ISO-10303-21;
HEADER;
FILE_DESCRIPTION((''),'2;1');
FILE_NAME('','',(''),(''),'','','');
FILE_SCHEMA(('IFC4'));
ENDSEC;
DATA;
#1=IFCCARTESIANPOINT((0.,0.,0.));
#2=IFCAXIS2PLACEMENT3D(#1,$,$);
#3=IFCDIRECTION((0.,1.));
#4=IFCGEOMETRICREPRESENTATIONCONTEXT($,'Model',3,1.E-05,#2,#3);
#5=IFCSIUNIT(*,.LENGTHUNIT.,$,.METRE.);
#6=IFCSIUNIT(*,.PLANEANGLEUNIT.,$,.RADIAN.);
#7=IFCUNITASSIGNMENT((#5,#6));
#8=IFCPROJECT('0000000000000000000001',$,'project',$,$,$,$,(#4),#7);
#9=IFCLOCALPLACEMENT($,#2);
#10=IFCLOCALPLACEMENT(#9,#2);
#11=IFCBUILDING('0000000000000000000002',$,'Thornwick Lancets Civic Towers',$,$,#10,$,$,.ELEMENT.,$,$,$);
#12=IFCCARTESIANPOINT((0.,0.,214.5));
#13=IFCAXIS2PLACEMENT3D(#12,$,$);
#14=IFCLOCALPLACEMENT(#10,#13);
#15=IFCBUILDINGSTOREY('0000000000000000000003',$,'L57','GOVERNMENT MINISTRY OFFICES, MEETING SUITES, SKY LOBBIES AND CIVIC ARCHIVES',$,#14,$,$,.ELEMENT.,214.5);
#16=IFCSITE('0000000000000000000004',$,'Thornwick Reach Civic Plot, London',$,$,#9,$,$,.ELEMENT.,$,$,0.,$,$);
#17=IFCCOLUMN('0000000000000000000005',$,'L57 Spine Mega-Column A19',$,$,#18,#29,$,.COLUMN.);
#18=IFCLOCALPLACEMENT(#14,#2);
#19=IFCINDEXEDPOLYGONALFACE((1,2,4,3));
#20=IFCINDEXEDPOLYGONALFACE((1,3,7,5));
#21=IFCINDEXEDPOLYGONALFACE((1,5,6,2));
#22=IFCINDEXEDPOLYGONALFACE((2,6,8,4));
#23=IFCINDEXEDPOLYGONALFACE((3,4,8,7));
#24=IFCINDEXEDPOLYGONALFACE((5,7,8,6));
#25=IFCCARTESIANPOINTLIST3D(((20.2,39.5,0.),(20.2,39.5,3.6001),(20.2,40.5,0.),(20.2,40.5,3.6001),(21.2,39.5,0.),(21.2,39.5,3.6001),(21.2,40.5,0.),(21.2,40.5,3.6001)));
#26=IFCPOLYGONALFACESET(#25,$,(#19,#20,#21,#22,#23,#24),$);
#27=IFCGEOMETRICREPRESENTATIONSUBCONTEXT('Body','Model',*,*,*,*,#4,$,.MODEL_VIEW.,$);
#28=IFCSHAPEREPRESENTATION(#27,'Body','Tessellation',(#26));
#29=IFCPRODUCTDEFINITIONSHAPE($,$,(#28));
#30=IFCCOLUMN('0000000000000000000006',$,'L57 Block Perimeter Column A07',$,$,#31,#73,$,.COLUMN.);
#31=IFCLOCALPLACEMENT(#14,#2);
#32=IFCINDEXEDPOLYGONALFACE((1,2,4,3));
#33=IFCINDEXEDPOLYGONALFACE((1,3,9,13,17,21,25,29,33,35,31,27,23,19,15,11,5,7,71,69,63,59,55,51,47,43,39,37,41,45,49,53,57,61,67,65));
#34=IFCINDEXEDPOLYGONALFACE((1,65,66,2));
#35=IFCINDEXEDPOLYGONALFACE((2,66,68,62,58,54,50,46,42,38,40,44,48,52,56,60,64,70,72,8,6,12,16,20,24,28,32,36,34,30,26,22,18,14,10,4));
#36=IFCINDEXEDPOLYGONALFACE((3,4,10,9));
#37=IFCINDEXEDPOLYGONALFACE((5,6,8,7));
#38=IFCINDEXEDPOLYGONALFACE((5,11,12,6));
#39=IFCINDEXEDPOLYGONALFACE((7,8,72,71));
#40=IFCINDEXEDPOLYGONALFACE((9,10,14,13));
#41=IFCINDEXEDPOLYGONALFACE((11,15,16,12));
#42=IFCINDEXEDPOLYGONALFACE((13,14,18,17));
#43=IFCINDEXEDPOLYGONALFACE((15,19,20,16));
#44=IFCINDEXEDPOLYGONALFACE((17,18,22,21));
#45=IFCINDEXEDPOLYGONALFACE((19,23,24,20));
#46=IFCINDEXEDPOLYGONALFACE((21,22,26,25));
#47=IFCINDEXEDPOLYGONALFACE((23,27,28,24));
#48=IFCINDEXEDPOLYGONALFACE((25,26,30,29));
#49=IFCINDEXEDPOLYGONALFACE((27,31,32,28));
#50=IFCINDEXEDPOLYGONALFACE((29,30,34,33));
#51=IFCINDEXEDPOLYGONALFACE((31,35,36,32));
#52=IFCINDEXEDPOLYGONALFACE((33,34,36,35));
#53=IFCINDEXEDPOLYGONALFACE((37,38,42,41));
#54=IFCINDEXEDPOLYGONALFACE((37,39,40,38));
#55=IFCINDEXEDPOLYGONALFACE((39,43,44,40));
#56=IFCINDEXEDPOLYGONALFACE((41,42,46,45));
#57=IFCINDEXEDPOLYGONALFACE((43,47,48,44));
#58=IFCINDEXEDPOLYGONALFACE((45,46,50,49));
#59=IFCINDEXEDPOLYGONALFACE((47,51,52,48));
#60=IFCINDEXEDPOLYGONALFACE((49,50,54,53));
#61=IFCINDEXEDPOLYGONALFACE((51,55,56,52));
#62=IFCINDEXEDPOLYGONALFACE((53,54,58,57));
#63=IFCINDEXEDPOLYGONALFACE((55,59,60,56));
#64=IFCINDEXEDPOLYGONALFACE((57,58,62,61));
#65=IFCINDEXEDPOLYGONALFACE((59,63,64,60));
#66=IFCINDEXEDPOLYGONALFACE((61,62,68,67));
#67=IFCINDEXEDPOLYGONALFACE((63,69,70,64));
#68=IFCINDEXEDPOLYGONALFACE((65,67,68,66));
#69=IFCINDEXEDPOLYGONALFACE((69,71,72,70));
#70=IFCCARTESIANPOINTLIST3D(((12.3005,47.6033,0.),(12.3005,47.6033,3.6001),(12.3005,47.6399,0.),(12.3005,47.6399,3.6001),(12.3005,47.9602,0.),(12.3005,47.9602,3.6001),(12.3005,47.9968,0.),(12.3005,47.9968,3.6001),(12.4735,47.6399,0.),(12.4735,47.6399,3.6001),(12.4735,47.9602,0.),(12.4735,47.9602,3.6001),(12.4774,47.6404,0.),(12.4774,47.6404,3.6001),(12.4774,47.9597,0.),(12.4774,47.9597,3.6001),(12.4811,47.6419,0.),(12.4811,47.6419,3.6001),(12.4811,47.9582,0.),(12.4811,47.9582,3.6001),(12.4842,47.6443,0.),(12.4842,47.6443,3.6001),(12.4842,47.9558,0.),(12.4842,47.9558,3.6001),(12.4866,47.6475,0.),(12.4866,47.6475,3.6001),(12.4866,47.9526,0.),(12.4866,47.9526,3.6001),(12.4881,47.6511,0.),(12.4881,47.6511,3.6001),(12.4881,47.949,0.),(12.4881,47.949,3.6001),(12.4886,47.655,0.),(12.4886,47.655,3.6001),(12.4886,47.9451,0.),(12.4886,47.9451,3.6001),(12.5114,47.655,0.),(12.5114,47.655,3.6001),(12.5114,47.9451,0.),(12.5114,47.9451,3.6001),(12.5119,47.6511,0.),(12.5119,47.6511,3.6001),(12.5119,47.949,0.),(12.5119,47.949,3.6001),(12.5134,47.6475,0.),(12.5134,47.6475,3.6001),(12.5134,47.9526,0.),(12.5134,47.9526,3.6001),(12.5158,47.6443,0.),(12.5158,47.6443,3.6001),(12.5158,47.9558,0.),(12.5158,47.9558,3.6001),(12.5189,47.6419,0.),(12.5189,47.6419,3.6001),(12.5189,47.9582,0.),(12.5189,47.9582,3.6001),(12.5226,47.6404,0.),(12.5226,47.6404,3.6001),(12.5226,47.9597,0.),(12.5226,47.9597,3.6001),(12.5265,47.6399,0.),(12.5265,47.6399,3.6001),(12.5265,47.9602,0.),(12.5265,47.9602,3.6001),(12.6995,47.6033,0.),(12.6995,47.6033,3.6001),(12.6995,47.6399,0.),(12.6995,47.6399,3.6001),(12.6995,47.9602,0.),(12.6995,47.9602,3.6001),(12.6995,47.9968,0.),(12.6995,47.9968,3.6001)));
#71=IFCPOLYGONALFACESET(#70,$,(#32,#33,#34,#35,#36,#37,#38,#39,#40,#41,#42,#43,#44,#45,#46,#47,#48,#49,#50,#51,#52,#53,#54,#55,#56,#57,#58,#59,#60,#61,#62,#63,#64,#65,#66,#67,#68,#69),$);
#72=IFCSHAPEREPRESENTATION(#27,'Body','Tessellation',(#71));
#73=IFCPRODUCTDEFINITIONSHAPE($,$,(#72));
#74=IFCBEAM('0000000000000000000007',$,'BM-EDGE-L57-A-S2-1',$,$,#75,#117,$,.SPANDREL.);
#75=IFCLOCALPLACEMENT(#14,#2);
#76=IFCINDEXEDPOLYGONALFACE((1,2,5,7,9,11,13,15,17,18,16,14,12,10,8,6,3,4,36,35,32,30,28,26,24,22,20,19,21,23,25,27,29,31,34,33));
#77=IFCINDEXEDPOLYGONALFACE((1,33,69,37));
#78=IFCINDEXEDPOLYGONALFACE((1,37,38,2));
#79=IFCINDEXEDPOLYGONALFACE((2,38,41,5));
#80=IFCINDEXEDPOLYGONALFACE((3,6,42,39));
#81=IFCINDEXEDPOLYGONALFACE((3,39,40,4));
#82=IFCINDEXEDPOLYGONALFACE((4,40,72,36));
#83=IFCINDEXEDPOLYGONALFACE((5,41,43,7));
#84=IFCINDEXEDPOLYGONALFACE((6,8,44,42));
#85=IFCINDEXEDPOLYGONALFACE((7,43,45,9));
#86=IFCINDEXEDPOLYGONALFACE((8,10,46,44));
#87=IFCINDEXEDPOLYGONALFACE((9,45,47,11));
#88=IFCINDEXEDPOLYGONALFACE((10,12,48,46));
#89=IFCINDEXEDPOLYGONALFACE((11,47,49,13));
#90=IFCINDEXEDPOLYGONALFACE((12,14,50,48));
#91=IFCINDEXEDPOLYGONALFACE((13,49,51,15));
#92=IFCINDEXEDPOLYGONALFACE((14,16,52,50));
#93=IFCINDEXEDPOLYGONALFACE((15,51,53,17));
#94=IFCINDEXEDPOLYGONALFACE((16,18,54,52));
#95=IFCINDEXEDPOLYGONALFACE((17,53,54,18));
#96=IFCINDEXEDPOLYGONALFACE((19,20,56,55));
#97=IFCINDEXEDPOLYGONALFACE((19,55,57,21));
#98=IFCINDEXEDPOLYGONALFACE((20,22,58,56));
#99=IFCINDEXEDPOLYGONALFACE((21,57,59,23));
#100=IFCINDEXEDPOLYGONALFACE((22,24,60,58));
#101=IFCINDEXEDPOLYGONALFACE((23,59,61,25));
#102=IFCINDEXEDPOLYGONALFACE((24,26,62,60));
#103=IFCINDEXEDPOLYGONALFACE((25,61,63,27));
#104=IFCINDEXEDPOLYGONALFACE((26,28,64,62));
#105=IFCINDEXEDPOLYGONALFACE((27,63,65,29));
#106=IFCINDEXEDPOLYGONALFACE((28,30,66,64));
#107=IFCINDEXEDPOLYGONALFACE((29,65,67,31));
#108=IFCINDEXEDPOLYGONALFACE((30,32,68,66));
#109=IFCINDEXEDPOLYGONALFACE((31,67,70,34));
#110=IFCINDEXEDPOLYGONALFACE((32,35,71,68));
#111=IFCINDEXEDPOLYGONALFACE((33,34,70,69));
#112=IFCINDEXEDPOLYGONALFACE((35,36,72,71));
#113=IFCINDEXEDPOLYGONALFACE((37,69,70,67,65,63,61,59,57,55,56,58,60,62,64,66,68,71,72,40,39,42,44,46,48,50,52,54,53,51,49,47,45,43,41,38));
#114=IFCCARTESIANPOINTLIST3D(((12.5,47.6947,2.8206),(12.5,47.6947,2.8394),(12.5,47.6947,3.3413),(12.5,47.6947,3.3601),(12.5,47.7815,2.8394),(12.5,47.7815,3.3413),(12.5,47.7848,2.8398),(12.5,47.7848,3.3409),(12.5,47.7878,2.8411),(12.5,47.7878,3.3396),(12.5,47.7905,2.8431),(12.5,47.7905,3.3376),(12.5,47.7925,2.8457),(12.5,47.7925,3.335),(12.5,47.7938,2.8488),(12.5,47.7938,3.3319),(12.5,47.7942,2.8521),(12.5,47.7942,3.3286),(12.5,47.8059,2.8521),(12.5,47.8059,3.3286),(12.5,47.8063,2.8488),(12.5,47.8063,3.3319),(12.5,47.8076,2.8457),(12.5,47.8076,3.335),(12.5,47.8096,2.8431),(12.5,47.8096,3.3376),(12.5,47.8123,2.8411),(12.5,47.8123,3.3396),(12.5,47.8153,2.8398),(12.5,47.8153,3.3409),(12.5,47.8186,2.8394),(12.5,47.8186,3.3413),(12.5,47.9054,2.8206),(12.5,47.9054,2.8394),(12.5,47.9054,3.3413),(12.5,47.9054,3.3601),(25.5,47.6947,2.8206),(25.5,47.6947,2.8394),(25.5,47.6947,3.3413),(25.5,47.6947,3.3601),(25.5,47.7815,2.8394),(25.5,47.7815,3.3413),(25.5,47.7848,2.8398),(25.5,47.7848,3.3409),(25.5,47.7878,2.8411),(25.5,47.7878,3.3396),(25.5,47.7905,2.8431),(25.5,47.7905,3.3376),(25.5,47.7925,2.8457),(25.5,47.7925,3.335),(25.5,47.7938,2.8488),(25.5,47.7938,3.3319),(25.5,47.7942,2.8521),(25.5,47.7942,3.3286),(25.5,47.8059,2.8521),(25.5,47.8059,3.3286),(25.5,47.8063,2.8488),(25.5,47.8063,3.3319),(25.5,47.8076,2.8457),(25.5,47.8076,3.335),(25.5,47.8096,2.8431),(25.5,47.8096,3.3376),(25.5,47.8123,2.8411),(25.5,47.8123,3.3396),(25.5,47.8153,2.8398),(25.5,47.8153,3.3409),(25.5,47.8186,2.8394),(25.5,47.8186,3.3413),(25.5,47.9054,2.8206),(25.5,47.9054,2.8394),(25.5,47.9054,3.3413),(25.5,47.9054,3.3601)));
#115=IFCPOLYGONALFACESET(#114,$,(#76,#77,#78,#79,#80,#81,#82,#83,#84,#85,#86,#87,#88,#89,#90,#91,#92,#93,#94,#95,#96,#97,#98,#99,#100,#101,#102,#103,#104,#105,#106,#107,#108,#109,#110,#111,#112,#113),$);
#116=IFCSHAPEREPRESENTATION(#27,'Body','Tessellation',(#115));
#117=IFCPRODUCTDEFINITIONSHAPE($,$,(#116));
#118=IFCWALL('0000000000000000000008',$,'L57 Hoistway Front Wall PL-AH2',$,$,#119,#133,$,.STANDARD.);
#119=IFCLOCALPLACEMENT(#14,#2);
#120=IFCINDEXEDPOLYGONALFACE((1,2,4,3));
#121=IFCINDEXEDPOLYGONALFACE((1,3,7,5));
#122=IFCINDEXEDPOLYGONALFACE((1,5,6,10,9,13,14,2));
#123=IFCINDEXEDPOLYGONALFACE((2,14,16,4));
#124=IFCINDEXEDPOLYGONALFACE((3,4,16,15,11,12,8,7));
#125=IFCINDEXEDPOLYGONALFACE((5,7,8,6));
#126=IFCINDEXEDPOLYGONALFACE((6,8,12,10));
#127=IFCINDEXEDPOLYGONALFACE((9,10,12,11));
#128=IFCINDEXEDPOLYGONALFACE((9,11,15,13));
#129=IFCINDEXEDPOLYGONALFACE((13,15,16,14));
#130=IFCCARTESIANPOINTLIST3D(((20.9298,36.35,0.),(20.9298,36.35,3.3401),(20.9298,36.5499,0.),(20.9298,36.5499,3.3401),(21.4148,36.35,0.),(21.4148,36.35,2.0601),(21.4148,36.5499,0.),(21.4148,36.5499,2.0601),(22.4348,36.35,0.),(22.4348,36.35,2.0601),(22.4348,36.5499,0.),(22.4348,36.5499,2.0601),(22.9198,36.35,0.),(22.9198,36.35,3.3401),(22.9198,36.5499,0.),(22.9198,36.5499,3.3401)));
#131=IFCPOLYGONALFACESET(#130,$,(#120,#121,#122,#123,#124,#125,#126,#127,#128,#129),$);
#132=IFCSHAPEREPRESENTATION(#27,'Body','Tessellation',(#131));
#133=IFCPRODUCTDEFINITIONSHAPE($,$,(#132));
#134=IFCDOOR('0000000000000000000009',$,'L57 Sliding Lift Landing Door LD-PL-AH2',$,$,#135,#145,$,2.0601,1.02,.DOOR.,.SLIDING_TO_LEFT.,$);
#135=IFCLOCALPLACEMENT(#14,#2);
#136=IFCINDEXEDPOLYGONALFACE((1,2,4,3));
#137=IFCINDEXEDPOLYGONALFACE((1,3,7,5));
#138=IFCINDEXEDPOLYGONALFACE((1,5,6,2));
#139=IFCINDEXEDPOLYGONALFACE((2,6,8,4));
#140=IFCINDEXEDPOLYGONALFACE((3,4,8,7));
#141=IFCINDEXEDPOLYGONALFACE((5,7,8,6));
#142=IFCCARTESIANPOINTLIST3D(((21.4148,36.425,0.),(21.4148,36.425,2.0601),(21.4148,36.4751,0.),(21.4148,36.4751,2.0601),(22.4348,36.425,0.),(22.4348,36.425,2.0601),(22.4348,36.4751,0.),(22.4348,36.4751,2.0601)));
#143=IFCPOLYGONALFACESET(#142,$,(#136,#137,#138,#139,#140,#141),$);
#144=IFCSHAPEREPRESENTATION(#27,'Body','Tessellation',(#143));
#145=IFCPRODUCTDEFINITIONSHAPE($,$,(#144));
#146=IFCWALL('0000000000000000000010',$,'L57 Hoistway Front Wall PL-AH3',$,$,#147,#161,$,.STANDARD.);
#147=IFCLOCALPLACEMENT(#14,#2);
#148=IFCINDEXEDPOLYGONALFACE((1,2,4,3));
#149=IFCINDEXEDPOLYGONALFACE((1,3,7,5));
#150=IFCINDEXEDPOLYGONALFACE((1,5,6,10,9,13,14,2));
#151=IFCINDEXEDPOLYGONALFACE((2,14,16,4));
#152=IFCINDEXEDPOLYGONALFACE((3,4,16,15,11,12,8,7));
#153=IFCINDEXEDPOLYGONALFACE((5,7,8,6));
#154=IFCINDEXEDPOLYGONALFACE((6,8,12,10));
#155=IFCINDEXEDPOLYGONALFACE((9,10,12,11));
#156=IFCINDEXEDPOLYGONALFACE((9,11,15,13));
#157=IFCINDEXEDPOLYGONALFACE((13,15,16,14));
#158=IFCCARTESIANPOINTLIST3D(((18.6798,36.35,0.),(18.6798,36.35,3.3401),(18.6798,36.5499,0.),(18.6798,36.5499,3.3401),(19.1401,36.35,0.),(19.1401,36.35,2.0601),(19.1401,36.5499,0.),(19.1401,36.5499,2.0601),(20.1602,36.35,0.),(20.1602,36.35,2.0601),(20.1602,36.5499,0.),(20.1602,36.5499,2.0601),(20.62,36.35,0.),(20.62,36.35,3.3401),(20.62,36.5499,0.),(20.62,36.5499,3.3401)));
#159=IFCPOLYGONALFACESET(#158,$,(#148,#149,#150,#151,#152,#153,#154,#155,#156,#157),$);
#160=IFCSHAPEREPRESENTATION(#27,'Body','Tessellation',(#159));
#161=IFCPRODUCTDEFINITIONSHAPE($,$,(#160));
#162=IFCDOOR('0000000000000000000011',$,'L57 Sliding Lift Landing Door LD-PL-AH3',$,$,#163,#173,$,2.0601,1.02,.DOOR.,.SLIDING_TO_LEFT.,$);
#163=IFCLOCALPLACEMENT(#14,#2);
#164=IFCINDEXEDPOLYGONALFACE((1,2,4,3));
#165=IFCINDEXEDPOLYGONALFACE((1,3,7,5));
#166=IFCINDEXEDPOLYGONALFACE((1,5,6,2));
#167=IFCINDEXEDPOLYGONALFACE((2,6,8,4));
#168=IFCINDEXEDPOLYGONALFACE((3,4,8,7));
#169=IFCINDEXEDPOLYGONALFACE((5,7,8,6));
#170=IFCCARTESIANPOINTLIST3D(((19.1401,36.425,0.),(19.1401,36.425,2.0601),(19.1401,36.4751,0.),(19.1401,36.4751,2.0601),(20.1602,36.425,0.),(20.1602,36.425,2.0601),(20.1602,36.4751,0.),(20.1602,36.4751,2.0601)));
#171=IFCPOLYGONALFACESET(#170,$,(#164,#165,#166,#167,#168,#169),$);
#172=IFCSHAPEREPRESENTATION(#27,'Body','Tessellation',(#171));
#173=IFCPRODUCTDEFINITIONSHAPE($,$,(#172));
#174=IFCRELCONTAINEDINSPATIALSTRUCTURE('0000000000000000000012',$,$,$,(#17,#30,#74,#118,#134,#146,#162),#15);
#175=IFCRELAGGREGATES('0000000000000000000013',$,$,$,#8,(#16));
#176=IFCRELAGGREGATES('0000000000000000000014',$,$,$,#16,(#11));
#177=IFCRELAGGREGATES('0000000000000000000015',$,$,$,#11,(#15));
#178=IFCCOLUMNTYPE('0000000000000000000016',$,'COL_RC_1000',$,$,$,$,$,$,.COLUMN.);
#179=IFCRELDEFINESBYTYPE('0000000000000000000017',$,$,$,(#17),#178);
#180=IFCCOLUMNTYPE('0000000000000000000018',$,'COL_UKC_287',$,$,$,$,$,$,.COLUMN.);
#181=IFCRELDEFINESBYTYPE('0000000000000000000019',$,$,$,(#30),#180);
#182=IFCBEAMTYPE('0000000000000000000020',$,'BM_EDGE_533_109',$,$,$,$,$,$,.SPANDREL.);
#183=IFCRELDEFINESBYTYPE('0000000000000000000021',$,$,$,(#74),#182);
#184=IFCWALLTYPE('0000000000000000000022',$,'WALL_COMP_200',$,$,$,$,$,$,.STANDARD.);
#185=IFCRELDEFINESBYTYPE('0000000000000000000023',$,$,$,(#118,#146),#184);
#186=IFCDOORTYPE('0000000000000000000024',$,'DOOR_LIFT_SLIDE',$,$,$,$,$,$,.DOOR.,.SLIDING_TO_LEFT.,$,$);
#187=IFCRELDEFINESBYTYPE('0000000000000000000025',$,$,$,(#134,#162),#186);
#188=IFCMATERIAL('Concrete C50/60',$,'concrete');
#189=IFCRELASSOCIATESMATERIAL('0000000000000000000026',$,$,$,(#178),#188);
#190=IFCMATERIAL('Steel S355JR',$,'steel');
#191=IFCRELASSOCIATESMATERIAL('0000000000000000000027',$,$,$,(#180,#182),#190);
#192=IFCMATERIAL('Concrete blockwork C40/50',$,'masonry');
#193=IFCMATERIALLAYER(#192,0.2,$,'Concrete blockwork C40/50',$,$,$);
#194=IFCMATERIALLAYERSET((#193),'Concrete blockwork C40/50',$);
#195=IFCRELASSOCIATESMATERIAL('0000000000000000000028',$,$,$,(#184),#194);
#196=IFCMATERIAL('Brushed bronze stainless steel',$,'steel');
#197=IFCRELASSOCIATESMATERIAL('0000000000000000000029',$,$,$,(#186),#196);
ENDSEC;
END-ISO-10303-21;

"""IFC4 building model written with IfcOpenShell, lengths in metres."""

from ifc_helpers import new_model, si_unit, direction, frame, frame_2d, origin, origin_2d, place, context, subcontext, project, spatial, rectangle, i_section, extrude, material, layer, layer_set, material_profile, profile_set, type_object, element, fill, save


model = new_model("IFC4")

# Units and contexts
model_context = context("Model", 3, precision=1e-05, world=origin(), true_north=direction((0.0, 1.0)))
body_context = subcontext(model_context, "Body", "Model", "MODEL_VIEW")
ifc_project = project(units=[si_unit("LENGTHUNIT", "METRE"), si_unit("PLANEANGLEUNIT", "RADIAN")], contexts=[model_context])

# Site, building, storey
site_placement = place(None, origin())
site = spatial("IfcSite", under=ifc_project, at=site_placement, Name="Thornwick Reach Civic Plot, London", CompositionType="ELEMENT", RefElevation=0.0)
building_placement = place(site_placement, origin())
building = spatial("IfcBuilding", under=site, at=building_placement, Name="Thornwick Lancets Civic Towers", CompositionType="ELEMENT")
storey_placement = place(building_placement, frame((0.0, 0.0, 214.5)))
storey = spatial("IfcBuildingStorey", under=building, at=storey_placement, Name="L57", Description="GOVERNMENT MINISTRY OFFICES, MEETING SUITES, SKY LOBBIES AND CIVIC ARCHIVES", CompositionType="ELEMENT", Elevation=214.5)

# Columns
ifc_material_1 = material(Name="Concrete C50/60", Category="concrete")
ifc_material_profile_1 = material_profile(ifc_material_1, rectangle(XDim=1.0, YDim=1.0, at=origin_2d()), Name="RC 1000x1000")
ifc_profile_set_1 = profile_set([ifc_material_profile_1], Name="Concrete C50/60")
column_type_1 = type_object("IfcColumnType", Name="COL_RC_1000", PredefinedType="COLUMN", material=ifc_profile_set_1)
column_1_placement = place(storey_placement, frame((20.7, 40.0, 0.0), z_axis=(0.0, 0.0, 1.0), x_axis=(1.0, 0.0, 0.0)))
element("IfcColumn", 1, at=column_1_placement, inside=storey, type_object=column_type_1, Name="L57 Spine Mega-Column A19", PredefinedType="COLUMN", context=body_context, shape_type="SweptSolid", body=[
    extrude(rectangle(XDim=1.0, YDim=1.0, at=origin_2d()), origin(), (0.0, 0.0, 1.0), 3.6001),
])
ifc_material_2 = material(Name="Steel S355JR", Category="steel")
ifc_material_profile_2 = material_profile(ifc_material_2, i_section(OverallWidth=0.3989, OverallDepth=0.3936, WebThickness=0.0227, FlangeThickness=0.0366, FilletRadius=0.0151, at=origin_2d()), Name="UKC 356x406x287")
ifc_profile_set_2 = profile_set([ifc_material_profile_2], Name="Steel S355JR")
column_type_2 = type_object("IfcColumnType", Name="COL_UKC_287", PredefinedType="COLUMN", material=ifc_profile_set_2)
column_2_placement = place(storey_placement, frame((12.5, 47.8, 0.0), z_axis=(0.0, 0.0, 1.0), x_axis=(1.0, 0.0, 0.0)))
element("IfcColumn", 2, at=column_2_placement, inside=storey, type_object=column_type_2, Name="L57 Block Perimeter Column A07", PredefinedType="COLUMN", context=body_context, shape_type="SweptSolid", body=[
    extrude(i_section(OverallWidth=0.3989, OverallDepth=0.3936, WebThickness=0.0227, FlangeThickness=0.0366, FilletRadius=0.0151, at=origin_2d()), origin(), (0.0, 0.0, 1.0), 3.6001),
])

# Beam
ifc_material_profile_3 = material_profile(ifc_material_2, i_section(OverallWidth=0.2107, OverallDepth=0.5396, WebThickness=0.0117, FlangeThickness=0.0188, FilletRadius=0.0127, at=origin_2d()), Name="UKB 533x210x109")
ifc_profile_set_3 = profile_set([ifc_material_profile_3], Name="Steel S355JR")
beam_type = type_object("IfcBeamType", Name="BM_EDGE_533_109", PredefinedType="SPANDREL", material=ifc_profile_set_3)
beam_placement = place(storey_placement, frame((12.5, 47.8, 3.0903), z_axis=(1.0, 0.0, 0.0), x_axis=(0.0, 1.0, 0.0)))
element("IfcBeam", 3, at=beam_placement, inside=storey, type_object=beam_type, Name="BM-EDGE-L57-A-S2-1", PredefinedType="SPANDREL", context=body_context, shape_type="SweptSolid", body=[
    extrude(i_section(OverallWidth=0.2107, OverallDepth=0.5396, WebThickness=0.0117, FlangeThickness=0.0188, FilletRadius=0.0127, at=origin_2d()), origin(), (0.0, 0.0, 1.0), 13.0),
])

# Walls, openings, doors
ifc_material_3 = material(Name="Concrete blockwork C40/50", Category="masonry")
ifc_layer_1 = layer(ifc_material_3, 0.2, Name="Concrete blockwork C40/50")
ifc_layer_set_1 = layer_set([ifc_layer_1], Name="Concrete blockwork C40/50")
wall_type_1 = type_object("IfcWallType", Name="WALL_COMP_200", PredefinedType="STANDARD", material=ifc_layer_set_1)
wall_1_placement = place(storey_placement, frame((22.9199, 36.45, 0.0), z_axis=(0.0, 0.0, 1.0), x_axis=(-1.0, 0.0, 0.0)))
wall_1 = element("IfcWall", 4, at=wall_1_placement, inside=storey, type_object=wall_type_1, Name="L57 Hoistway Front Wall PL-AH2", PredefinedType="STANDARD", context=body_context, shape_type="SweptSolid", body=[
    extrude(rectangle(XDim=1.99, YDim=0.2, at=frame_2d((0.9951, 0.0))), origin(), (0.0, 0.0, 1.0), 3.3401),
])
opening_1_placement = place(wall_1_placement, frame((0.4851, 0.0, 0.0)))
opening_1 = element("IfcOpeningElement", 5, at=opening_1_placement, cuts=wall_1, PredefinedType="OPENING", context=body_context, shape_type="SweptSolid", body=[
    extrude(rectangle(XDim=1.02, YDim=2.0601, at=frame_2d((0.51, 1.03))), frame((0.0, 0.1099, 0.0), z_axis=(0.0, -1.0, 0.0), x_axis=(1.0, 0.0, 0.0)), (0.0, 0.0, 1.0), 0.22),
])
ifc_material_4 = material(Name="Brushed bronze stainless steel", Category="steel")
door_type = type_object("IfcDoorType", Name="DOOR_LIFT_SLIDE", OperationType="SLIDING_TO_LEFT", PredefinedType="DOOR", material=ifc_material_4)
door_1_placement = place(opening_1_placement, origin())
door_1 = element("IfcDoor", 6, at=door_1_placement, inside=storey, type_object=door_type, Name="L57 Sliding Lift Landing Door LD-PL-AH2", OperationType="SLIDING_TO_LEFT", OverallHeight=2.0601, OverallWidth=1.02, PredefinedType="DOOR", context=body_context, shape_type="SweptSolid", body=[
    extrude(rectangle(XDim=1.02, YDim=2.0601, at=frame_2d((0.51, 1.03))), frame((0.0, 0.0249, 0.0), z_axis=(0.0, -1.0, 0.0), x_axis=(1.0, 0.0, 0.0)), (0.0, 0.0, 1.0), 0.05),
])
fill(opening_1, door_1)
wall_2_placement = place(storey_placement, frame((20.6201, 36.45, 0.0), z_axis=(0.0, 0.0, 1.0), x_axis=(-1.0, 0.0, 0.0)))
wall_2 = element("IfcWall", 7, at=wall_2_placement, inside=storey, type_object=wall_type_1, Name="L57 Hoistway Front Wall PL-AH3", PredefinedType="STANDARD", context=body_context, shape_type="SweptSolid", body=[
    extrude(rectangle(XDim=1.9402, YDim=0.2, at=frame_2d((0.9702, 0.0))), origin(), (0.0, 0.0, 1.0), 3.3401),
])
opening_2_placement = place(wall_2_placement, frame((0.46, 0.0, 0.0)))
opening_2 = element("IfcOpeningElement", 8, at=opening_2_placement, cuts=wall_2, PredefinedType="OPENING", context=body_context, shape_type="SweptSolid", body=[
    extrude(rectangle(XDim=1.02, YDim=2.0601, at=frame_2d((0.51, 1.03))), frame((0.0, 0.1099, 0.0), z_axis=(0.0, -1.0, 0.0), x_axis=(1.0, 0.0, 0.0)), (0.0, 0.0, 1.0), 0.22),
])
door_2_placement = place(opening_2_placement, origin())
door_2 = element("IfcDoor", 9, at=door_2_placement, inside=storey, type_object=door_type, Name="L57 Sliding Lift Landing Door LD-PL-AH3", OperationType="SLIDING_TO_LEFT", OverallHeight=2.0601, OverallWidth=1.02, PredefinedType="DOOR", context=body_context, shape_type="SweptSolid", body=[
    extrude(rectangle(XDim=1.02, YDim=2.0601, at=frame_2d((0.51, 1.03))), frame((0.0, 0.0249, 0.0), z_axis=(0.0, -1.0, 0.0), x_axis=(1.0, 0.0, 0.0)), (0.0, 0.0, 1.0), 0.05),
])
fill(opening_2, door_2)

save(model, "model.ifc")
